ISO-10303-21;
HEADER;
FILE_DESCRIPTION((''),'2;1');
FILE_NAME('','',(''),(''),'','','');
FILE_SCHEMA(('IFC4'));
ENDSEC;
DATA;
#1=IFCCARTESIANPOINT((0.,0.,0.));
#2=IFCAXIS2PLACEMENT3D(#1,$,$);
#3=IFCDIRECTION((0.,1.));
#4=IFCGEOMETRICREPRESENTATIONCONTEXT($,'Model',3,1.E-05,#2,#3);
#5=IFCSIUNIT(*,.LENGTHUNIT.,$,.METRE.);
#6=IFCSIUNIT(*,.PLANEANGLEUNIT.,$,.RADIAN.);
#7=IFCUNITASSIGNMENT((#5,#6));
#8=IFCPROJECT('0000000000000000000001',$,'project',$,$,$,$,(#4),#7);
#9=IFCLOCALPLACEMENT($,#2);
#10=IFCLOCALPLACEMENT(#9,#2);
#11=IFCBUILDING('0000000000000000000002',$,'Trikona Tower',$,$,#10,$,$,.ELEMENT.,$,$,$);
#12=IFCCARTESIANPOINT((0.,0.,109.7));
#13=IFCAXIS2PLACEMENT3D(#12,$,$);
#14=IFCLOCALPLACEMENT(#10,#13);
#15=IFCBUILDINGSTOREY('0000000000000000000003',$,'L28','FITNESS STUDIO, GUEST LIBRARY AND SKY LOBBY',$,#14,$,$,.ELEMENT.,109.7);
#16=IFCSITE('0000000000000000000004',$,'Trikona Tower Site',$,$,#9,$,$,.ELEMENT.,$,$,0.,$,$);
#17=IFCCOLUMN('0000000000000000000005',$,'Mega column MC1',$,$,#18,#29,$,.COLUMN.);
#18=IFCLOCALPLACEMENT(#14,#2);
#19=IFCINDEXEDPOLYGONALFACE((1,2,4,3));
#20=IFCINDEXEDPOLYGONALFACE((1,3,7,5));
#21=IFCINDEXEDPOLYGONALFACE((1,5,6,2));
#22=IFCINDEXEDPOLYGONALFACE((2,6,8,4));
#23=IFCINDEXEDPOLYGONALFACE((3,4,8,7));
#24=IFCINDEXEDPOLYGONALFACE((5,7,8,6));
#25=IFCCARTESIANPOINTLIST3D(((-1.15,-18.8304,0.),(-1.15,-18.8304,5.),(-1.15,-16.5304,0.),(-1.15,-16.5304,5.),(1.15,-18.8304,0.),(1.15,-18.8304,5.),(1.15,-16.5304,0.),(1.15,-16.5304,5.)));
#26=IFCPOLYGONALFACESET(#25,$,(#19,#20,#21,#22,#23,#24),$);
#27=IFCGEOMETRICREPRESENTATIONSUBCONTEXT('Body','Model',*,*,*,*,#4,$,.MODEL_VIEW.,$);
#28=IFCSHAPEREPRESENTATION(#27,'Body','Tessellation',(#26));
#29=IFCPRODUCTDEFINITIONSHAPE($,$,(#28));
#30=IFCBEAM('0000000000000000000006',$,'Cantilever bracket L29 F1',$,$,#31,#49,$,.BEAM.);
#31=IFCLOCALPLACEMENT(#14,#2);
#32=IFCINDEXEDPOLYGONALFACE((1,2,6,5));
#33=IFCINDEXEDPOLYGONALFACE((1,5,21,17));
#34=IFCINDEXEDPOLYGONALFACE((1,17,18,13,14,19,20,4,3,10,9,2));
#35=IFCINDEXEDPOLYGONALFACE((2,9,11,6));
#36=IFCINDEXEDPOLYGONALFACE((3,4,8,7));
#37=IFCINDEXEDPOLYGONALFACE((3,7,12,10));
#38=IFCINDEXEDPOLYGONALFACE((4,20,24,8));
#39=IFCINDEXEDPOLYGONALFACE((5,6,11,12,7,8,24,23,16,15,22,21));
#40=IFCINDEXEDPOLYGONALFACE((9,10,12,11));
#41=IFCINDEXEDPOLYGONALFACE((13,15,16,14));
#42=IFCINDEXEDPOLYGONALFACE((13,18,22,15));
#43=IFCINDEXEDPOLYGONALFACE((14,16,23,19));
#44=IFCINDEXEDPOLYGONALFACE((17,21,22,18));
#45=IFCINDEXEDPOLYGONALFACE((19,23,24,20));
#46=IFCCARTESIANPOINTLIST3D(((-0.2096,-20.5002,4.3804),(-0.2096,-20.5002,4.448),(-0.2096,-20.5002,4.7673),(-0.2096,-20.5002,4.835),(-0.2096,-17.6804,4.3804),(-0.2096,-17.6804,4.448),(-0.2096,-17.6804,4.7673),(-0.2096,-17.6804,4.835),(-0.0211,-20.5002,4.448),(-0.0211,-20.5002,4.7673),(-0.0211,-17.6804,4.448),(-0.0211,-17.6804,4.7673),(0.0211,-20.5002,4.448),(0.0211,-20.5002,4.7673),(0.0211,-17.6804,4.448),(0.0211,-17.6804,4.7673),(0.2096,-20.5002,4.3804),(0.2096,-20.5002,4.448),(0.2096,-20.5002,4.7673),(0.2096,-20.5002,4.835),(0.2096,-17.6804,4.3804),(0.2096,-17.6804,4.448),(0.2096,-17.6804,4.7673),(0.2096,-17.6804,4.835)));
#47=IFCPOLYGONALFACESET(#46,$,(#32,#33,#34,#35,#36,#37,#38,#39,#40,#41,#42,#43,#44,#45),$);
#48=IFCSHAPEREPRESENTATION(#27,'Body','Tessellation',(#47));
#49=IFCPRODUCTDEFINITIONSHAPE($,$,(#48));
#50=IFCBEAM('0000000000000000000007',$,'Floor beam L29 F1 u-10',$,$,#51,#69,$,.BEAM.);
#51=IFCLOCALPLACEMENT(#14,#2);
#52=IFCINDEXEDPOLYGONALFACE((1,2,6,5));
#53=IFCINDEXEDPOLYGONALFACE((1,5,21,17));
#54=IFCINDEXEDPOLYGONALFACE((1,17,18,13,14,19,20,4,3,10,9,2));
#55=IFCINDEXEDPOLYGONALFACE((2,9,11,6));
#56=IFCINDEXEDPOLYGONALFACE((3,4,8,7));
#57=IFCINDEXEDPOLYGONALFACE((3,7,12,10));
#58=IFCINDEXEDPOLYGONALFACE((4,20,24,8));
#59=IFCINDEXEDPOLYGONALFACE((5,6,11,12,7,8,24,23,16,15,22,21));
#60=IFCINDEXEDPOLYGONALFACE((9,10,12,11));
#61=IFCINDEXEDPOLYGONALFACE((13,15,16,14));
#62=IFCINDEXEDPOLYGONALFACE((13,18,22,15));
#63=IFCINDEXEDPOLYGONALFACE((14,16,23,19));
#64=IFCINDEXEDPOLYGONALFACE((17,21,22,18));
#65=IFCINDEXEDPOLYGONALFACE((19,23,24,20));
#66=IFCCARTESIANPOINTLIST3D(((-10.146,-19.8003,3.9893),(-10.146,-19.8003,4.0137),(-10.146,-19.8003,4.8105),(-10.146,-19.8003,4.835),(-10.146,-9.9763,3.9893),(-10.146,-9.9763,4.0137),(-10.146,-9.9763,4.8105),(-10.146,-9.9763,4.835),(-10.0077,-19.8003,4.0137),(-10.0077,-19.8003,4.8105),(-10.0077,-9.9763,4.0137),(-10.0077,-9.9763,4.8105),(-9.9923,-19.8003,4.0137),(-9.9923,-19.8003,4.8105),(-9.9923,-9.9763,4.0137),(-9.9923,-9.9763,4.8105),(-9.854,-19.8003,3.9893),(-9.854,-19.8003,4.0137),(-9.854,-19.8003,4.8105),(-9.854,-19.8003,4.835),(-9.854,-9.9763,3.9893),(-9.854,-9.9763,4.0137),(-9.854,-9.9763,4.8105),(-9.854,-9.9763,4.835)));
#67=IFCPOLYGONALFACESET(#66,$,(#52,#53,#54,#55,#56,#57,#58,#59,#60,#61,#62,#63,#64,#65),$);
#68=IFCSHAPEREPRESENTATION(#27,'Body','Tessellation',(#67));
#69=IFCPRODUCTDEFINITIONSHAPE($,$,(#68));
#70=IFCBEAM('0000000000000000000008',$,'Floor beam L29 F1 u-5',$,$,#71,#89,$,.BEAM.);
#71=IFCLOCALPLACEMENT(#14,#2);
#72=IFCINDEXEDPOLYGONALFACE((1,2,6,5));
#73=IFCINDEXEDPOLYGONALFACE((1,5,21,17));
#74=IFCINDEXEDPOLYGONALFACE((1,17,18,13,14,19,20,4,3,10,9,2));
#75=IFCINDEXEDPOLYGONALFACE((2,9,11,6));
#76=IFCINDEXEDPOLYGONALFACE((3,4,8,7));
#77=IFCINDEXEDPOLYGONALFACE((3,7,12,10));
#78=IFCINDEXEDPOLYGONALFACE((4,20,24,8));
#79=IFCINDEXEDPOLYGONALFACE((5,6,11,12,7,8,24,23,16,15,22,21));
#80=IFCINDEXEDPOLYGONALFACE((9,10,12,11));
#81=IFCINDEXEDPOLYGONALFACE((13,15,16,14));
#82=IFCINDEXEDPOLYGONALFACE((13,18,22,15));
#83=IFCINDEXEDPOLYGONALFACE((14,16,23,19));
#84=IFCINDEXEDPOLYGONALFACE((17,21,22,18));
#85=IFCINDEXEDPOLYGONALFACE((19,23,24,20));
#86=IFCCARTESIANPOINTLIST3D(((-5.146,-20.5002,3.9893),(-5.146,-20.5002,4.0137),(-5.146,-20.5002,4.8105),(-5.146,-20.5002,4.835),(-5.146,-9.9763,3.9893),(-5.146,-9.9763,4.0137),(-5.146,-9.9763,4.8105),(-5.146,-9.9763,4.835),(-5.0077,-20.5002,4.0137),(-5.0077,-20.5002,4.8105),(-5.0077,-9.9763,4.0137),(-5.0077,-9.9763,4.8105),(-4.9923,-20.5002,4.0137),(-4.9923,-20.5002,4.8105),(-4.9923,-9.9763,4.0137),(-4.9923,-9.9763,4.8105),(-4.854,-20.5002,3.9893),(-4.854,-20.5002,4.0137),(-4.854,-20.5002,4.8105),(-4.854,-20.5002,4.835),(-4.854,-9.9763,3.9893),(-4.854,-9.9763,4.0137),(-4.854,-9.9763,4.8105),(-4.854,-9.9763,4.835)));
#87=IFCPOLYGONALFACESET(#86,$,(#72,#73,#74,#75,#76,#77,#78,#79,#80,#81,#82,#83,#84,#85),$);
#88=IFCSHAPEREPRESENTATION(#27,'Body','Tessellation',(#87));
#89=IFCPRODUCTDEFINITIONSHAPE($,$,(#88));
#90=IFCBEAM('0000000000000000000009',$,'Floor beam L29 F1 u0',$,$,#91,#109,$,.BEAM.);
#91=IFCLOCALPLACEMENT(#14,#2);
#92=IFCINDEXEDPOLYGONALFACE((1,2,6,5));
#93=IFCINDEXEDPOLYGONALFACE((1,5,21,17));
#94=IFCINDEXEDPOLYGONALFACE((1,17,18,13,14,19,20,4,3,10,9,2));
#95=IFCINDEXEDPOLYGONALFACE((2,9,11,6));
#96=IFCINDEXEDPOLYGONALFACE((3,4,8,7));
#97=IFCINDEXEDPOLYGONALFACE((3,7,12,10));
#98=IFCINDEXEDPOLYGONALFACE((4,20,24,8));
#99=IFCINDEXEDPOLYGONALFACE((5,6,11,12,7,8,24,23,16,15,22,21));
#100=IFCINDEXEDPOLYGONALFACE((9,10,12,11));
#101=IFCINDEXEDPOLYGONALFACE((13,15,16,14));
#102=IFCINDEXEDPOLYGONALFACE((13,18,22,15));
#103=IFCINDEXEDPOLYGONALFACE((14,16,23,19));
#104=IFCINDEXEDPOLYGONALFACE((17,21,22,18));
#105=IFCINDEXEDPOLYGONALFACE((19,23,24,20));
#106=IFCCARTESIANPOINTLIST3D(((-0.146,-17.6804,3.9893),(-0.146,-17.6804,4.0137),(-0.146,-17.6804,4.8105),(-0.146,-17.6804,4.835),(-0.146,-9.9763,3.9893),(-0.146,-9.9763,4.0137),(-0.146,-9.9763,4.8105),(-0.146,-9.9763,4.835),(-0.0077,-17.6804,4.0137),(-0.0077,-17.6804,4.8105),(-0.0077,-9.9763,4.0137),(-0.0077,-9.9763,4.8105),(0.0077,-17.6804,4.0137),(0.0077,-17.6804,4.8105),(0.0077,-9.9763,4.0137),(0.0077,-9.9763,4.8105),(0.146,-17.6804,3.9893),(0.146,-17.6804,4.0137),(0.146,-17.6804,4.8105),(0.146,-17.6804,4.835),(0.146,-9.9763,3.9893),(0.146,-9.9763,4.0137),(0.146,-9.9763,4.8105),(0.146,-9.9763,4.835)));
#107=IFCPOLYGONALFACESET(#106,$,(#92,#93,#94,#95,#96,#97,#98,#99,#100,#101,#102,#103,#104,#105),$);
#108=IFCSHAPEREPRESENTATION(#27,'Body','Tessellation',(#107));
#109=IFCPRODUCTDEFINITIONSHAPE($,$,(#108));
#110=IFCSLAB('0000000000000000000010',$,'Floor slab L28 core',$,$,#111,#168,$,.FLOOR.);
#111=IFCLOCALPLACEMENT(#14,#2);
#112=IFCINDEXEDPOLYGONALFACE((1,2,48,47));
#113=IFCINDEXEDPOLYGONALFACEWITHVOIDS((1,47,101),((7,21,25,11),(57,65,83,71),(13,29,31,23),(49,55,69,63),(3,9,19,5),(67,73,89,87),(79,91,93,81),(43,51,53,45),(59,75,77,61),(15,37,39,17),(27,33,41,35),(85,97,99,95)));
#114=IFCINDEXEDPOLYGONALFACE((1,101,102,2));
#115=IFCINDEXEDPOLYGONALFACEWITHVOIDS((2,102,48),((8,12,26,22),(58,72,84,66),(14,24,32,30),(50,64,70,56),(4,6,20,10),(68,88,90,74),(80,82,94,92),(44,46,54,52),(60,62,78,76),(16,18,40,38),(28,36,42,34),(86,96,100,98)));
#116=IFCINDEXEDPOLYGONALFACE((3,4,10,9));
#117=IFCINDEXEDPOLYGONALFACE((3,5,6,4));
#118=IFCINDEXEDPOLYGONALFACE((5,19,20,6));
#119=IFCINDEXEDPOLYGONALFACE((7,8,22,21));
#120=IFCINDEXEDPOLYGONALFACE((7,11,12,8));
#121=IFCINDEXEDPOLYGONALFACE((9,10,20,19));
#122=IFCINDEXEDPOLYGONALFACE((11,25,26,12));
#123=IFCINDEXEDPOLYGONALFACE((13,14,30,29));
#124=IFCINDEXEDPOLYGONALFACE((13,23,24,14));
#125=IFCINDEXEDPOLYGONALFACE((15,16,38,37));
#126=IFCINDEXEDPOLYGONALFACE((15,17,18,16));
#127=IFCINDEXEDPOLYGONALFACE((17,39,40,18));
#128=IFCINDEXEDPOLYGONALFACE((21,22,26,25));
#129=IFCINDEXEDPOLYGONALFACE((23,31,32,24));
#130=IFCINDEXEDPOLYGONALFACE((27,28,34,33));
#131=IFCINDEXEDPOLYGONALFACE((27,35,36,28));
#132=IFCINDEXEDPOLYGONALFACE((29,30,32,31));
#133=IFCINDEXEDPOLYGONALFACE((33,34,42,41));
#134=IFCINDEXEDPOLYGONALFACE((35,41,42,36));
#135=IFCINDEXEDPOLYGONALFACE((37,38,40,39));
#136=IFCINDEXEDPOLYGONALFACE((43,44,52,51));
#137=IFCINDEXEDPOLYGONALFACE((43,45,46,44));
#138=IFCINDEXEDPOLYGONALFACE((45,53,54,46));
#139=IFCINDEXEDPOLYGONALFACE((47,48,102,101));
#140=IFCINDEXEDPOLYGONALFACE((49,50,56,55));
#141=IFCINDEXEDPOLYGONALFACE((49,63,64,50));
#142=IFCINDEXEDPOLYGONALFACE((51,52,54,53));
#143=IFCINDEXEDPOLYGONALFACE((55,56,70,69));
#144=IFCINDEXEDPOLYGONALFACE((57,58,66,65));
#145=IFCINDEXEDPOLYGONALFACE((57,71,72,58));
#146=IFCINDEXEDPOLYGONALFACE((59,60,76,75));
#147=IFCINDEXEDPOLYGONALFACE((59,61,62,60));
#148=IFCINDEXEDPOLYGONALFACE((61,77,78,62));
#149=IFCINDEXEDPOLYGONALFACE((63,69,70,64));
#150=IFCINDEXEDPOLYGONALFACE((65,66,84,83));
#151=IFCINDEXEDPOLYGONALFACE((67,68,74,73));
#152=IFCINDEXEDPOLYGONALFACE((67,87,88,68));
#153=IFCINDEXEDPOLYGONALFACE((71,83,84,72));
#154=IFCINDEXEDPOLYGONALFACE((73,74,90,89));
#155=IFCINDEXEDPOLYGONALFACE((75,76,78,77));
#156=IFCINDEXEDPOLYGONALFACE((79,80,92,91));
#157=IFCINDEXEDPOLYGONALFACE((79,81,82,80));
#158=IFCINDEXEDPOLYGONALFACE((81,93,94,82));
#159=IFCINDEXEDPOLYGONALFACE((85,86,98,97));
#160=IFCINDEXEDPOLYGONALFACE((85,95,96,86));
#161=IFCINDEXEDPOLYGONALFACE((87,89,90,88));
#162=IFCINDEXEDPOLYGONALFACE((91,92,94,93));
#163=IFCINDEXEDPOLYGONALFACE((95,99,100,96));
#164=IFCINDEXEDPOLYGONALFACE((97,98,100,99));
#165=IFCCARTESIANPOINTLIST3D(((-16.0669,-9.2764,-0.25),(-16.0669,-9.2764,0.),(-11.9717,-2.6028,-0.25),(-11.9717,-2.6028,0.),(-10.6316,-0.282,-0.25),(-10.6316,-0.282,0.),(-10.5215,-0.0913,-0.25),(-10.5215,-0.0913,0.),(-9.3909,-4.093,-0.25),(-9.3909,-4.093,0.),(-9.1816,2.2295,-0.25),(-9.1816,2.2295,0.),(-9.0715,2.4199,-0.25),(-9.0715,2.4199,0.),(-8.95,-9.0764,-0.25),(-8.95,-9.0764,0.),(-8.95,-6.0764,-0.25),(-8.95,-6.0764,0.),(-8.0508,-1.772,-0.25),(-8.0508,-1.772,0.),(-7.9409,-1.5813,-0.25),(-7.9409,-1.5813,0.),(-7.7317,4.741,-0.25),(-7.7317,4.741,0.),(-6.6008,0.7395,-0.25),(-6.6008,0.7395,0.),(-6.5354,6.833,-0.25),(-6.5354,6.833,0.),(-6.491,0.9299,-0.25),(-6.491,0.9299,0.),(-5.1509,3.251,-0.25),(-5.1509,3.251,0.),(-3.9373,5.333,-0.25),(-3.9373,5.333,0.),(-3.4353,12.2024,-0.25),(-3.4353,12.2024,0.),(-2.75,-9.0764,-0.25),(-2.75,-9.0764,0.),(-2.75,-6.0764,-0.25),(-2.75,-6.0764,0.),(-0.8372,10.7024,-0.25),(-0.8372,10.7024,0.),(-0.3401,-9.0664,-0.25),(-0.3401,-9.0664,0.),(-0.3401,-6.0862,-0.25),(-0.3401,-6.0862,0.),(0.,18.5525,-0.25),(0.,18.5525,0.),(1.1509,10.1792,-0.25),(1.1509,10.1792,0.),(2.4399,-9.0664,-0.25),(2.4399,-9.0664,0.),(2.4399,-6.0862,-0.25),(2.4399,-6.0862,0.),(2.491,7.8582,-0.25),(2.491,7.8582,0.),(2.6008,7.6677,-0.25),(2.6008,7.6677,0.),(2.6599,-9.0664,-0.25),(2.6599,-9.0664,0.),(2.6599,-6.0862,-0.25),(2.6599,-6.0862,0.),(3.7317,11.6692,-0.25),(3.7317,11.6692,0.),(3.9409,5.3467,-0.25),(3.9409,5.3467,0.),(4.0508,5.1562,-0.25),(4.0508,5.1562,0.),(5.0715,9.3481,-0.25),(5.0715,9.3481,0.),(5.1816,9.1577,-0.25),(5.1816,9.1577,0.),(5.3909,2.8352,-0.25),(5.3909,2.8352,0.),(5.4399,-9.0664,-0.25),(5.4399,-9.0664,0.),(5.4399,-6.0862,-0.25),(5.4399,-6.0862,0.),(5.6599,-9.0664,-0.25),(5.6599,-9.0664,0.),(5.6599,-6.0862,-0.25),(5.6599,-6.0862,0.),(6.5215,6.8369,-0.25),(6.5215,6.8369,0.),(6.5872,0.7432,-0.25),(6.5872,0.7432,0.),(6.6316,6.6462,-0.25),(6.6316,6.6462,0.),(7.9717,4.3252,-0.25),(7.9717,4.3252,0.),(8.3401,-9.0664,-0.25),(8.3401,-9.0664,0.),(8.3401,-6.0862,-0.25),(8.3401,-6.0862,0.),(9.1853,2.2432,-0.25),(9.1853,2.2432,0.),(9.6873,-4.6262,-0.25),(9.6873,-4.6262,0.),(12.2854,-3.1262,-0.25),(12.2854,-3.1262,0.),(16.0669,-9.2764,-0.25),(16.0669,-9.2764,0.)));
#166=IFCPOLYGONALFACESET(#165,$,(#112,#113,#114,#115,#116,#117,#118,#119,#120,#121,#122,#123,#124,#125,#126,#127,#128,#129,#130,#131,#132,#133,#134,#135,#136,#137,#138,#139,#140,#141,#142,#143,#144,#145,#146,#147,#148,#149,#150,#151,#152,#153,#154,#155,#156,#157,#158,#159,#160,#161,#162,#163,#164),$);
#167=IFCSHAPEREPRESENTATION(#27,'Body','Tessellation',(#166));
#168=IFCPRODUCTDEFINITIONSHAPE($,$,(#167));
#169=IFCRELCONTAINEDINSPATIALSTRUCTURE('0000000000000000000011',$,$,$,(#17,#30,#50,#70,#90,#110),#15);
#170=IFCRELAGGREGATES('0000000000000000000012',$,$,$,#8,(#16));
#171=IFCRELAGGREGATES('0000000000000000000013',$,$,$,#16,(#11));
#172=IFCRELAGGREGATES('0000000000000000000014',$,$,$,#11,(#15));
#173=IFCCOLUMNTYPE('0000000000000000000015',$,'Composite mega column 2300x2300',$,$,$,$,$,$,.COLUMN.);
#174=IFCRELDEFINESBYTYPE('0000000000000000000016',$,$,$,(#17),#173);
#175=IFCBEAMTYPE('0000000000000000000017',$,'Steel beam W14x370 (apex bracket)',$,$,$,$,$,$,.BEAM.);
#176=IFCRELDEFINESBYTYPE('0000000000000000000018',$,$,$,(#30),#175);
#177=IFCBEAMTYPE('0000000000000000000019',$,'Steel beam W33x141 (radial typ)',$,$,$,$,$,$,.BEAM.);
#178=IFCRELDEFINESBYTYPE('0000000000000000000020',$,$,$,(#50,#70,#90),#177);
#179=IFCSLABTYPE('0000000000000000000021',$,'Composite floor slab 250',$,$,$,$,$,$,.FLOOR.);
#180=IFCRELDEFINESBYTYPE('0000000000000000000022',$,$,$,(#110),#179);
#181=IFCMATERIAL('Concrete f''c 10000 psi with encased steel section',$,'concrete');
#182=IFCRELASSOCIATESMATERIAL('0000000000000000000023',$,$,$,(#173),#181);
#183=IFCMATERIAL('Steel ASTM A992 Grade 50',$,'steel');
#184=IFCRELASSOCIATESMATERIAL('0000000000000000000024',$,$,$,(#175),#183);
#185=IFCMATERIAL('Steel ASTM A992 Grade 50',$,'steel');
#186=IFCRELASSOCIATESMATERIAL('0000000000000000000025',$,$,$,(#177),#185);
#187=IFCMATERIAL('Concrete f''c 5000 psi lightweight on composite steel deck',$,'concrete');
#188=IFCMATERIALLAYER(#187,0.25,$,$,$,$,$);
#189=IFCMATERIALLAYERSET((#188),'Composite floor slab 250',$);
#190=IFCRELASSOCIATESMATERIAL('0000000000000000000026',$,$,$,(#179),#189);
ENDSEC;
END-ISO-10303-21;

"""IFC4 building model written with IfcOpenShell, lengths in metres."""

from ifc_helpers import new_model, si_unit, direction, frame, origin, origin_2d, place, context, subcontext, project, spatial, polyline, rectangle, i_section, outline, extrude, material, layer, layer_set, material_profile, profile_set, type_object, element, save


model = new_model("IFC4")

# Units and contexts
model_context = context("Model", 3, precision=1e-05, world=origin(), true_north=direction((0.0, 1.0)))
body_context = subcontext(model_context, "Body", "Model", "MODEL_VIEW")
ifc_project = project(units=[si_unit("LENGTHUNIT", "METRE"), si_unit("PLANEANGLEUNIT", "RADIAN")], contexts=[model_context])

# Site, building, storey
site_placement = place(None, origin())
site = spatial("IfcSite", under=ifc_project, at=site_placement, Name="Trikona Tower Site", CompositionType="ELEMENT", RefElevation=0.0)
building_placement = place(site_placement, origin())
building = spatial("IfcBuilding", under=site, at=building_placement, Name="Trikona Tower", CompositionType="ELEMENT")
storey_placement = place(building_placement, frame((0.0, 0.0, 109.7)))
storey = spatial("IfcBuildingStorey", under=building, at=storey_placement, Name="L28", Description="FITNESS STUDIO, GUEST LIBRARY AND SKY LOBBY", CompositionType="ELEMENT", Elevation=109.7)

# Column
ifc_material_1 = material(Name="Concrete f'c 10000 psi with encased steel section", Category="concrete")
ifc_material_profile_1 = material_profile(ifc_material_1, rectangle(XDim=2.3, YDim=2.3, at=origin_2d()), Name="MC2300")
ifc_profile_set_1 = profile_set([ifc_material_profile_1], Name="Concrete f'c 10000 psi with encased steel section")
column_type = type_object("IfcColumnType", Name="Composite mega column 2300x2300", PredefinedType="COLUMN", material=ifc_profile_set_1)
column_placement = place(storey_placement, frame((0.0, -17.6804, 0.0), z_axis=(0.0, 0.0, 1.0), x_axis=(0.0, -1.0, 0.0)))
element("IfcColumn", 1, at=column_placement, inside=storey, type_object=column_type, Name="Mega column MC1", PredefinedType="COLUMN", context=body_context, shape_type="SweptSolid", body=[
    extrude(rectangle(XDim=2.3, YDim=2.3, at=origin_2d()), origin(), (0.0, 0.0, 1.0), 5.0),
])

# Beams
ifc_material_2 = material(Name="Steel ASTM A992 Grade 50", Category="steel")
ifc_material_profile_2 = material_profile(ifc_material_2, i_section(OverallWidth=0.4192, OverallDepth=0.4546, WebThickness=0.0422, FlangeThickness=0.0676, at=origin_2d()), Name="W14X370")
ifc_profile_set_2 = profile_set([ifc_material_profile_2], Name="Steel ASTM A992 Grade 50")
beam_type_1 = type_object("IfcBeamType", Name="Steel beam W14x370 (apex bracket)", PredefinedType="BEAM", material=ifc_profile_set_2)
beam_1_placement = place(storey_placement, frame((0.0, -17.6804, 4.6077), z_axis=(0.0, -1.0, 0.0), x_axis=(1.0, 0.0, 0.0)))
element("IfcBeam", 2, at=beam_1_placement, inside=storey, type_object=beam_type_1, Name="Cantilever bracket L29 F1", PredefinedType="BEAM", context=body_context, shape_type="SweptSolid", body=[
    extrude(i_section(OverallWidth=0.4192, OverallDepth=0.4546, WebThickness=0.0422, FlangeThickness=0.0676, at=origin_2d()), origin(), (0.0, 0.0, 1.0), 2.8198),
])
ifc_material_3 = material(Name="Steel ASTM A992 Grade 50", Category="steel")
ifc_material_profile_3 = material_profile(ifc_material_3, i_section(OverallWidth=0.292, OverallDepth=0.8457, WebThickness=0.0154, FlangeThickness=0.0244, at=origin_2d()), Name="W33X141")
ifc_profile_set_3 = profile_set([ifc_material_profile_3], Name="Steel ASTM A992 Grade 50")
beam_type_2 = type_object("IfcBeamType", Name="Steel beam W33x141 (radial typ)", PredefinedType="BEAM", material=ifc_profile_set_3)
beam_2_placement = place(storey_placement, frame((-10.0, -9.9763, 4.4121), z_axis=(0.0, -1.0, 0.0), x_axis=(1.0, 0.0, 0.0)))
element("IfcBeam", 3, at=beam_2_placement, inside=storey, type_object=beam_type_2, Name="Floor beam L29 F1 u-10", PredefinedType="BEAM", context=body_context, shape_type="SweptSolid", body=[
    extrude(i_section(OverallWidth=0.292, OverallDepth=0.8457, WebThickness=0.0154, FlangeThickness=0.0244, at=origin_2d()), origin(), (0.0, 0.0, 1.0), 9.824),
])
beam_3_placement = place(storey_placement, frame((-5.0, -9.9763, 4.4121), z_axis=(0.0, -1.0, 0.0), x_axis=(1.0, 0.0, 0.0)))
element("IfcBeam", 4, at=beam_3_placement, inside=storey, type_object=beam_type_2, Name="Floor beam L29 F1 u-5", PredefinedType="BEAM", context=body_context, shape_type="SweptSolid", body=[
    extrude(i_section(OverallWidth=0.292, OverallDepth=0.8457, WebThickness=0.0154, FlangeThickness=0.0244, at=origin_2d()), origin(), (0.0, 0.0, 1.0), 10.5239),
])
beam_4_placement = place(storey_placement, frame((0.0, -9.9763, 4.4121), z_axis=(0.0, -1.0, 0.0), x_axis=(1.0, 0.0, 0.0)))
element("IfcBeam", 5, at=beam_4_placement, inside=storey, type_object=beam_type_2, Name="Floor beam L29 F1 u0", PredefinedType="BEAM", context=body_context, shape_type="SweptSolid", body=[
    extrude(i_section(OverallWidth=0.292, OverallDepth=0.8457, WebThickness=0.0154, FlangeThickness=0.0244, at=origin_2d()), origin(), (0.0, 0.0, 1.0), 7.7041),
])

# Slab
ifc_material_4 = material(Name="Concrete f'c 5000 psi lightweight on composite steel deck", Category="concrete")
ifc_layer_1 = layer(ifc_material_4, 0.25)
ifc_layer_set_1 = layer_set([ifc_layer_1], Name="Composite floor slab 250")
slab_type_1 = type_object("IfcSlabType", Name="Composite floor slab 250", PredefinedType="FLOOR", material=ifc_layer_set_1)
slab_1_placement = place(storey_placement, frame((0.0, 0.0, -0.25)))
element("IfcSlab", 6, at=slab_1_placement, inside=storey, type_object=slab_type_1, Name="Floor slab L28 core", PredefinedType="FLOOR", context=body_context, shape_type="SweptSolid", body=[
    extrude(outline(polyline([(-16.0669, -9.2764), (16.0669, -9.2764), (0.0, 18.5525), (-16.0669, -9.2764)]), holes=[polyline([(12.2854, -3.1262), (9.1853, 2.2432), (6.5872, 0.7432), (9.6873, -4.6262), (12.2854, -3.1262)]), polyline([(8.3401, -9.0664), (8.3401, -6.0862), (5.6599, -6.0862), (5.6599, -9.0664), (8.3401, -9.0664)]), polyline([(5.3909, 2.8352), (7.9717, 4.3252), (6.6316, 6.6462), (4.0508, 5.1562), (5.3909, 2.8352)]), polyline([(2.6008, 7.6677), (3.9409, 5.3467), (6.5215, 6.8369), (5.1816, 9.1577), (2.6008, 7.6677)]), polyline([(5.4399, -6.0862), (2.6599, -6.0862), (2.6599, -9.0664), (5.4399, -9.0664), (5.4399, -6.0862)]), polyline([(3.7317, 11.6692), (1.1509, 10.1792), (2.491, 7.8582), (5.0715, 9.3481), (3.7317, 11.6692)]), polyline([(-0.3401, -6.0862), (-0.3401, -9.0664), (2.4399, -9.0664), (2.4399, -6.0862), (-0.3401, -6.0862)]), polyline([(-3.4353, 12.2024), (-6.5354, 6.833), (-3.9373, 5.333), (-0.8372, 10.7024), (-3.4353, 12.2024)]), polyline([(-8.95, -9.0764), (-2.75, -9.0764), (-2.75, -6.0764), (-8.95, -6.0764), (-8.95, -9.0764)]), polyline([(-5.1509, 3.251), (-7.7317, 4.741), (-9.0715, 2.4199), (-6.491, 0.9299), (-5.1509, 3.251)]), polyline([(-7.9409, -1.5813), (-6.6008, 0.7395), (-9.1816, 2.2295), (-10.5215, -0.0913), (-7.9409, -1.5813)]), polyline([(-11.9717, -2.6028), (-9.3909, -4.093), (-8.0508, -1.772), (-10.6316, -0.282), (-11.9717, -2.6028)])]), origin(), (0.0, 0.0, 1.0), 0.25),
])

save(model, "model.ifc")
